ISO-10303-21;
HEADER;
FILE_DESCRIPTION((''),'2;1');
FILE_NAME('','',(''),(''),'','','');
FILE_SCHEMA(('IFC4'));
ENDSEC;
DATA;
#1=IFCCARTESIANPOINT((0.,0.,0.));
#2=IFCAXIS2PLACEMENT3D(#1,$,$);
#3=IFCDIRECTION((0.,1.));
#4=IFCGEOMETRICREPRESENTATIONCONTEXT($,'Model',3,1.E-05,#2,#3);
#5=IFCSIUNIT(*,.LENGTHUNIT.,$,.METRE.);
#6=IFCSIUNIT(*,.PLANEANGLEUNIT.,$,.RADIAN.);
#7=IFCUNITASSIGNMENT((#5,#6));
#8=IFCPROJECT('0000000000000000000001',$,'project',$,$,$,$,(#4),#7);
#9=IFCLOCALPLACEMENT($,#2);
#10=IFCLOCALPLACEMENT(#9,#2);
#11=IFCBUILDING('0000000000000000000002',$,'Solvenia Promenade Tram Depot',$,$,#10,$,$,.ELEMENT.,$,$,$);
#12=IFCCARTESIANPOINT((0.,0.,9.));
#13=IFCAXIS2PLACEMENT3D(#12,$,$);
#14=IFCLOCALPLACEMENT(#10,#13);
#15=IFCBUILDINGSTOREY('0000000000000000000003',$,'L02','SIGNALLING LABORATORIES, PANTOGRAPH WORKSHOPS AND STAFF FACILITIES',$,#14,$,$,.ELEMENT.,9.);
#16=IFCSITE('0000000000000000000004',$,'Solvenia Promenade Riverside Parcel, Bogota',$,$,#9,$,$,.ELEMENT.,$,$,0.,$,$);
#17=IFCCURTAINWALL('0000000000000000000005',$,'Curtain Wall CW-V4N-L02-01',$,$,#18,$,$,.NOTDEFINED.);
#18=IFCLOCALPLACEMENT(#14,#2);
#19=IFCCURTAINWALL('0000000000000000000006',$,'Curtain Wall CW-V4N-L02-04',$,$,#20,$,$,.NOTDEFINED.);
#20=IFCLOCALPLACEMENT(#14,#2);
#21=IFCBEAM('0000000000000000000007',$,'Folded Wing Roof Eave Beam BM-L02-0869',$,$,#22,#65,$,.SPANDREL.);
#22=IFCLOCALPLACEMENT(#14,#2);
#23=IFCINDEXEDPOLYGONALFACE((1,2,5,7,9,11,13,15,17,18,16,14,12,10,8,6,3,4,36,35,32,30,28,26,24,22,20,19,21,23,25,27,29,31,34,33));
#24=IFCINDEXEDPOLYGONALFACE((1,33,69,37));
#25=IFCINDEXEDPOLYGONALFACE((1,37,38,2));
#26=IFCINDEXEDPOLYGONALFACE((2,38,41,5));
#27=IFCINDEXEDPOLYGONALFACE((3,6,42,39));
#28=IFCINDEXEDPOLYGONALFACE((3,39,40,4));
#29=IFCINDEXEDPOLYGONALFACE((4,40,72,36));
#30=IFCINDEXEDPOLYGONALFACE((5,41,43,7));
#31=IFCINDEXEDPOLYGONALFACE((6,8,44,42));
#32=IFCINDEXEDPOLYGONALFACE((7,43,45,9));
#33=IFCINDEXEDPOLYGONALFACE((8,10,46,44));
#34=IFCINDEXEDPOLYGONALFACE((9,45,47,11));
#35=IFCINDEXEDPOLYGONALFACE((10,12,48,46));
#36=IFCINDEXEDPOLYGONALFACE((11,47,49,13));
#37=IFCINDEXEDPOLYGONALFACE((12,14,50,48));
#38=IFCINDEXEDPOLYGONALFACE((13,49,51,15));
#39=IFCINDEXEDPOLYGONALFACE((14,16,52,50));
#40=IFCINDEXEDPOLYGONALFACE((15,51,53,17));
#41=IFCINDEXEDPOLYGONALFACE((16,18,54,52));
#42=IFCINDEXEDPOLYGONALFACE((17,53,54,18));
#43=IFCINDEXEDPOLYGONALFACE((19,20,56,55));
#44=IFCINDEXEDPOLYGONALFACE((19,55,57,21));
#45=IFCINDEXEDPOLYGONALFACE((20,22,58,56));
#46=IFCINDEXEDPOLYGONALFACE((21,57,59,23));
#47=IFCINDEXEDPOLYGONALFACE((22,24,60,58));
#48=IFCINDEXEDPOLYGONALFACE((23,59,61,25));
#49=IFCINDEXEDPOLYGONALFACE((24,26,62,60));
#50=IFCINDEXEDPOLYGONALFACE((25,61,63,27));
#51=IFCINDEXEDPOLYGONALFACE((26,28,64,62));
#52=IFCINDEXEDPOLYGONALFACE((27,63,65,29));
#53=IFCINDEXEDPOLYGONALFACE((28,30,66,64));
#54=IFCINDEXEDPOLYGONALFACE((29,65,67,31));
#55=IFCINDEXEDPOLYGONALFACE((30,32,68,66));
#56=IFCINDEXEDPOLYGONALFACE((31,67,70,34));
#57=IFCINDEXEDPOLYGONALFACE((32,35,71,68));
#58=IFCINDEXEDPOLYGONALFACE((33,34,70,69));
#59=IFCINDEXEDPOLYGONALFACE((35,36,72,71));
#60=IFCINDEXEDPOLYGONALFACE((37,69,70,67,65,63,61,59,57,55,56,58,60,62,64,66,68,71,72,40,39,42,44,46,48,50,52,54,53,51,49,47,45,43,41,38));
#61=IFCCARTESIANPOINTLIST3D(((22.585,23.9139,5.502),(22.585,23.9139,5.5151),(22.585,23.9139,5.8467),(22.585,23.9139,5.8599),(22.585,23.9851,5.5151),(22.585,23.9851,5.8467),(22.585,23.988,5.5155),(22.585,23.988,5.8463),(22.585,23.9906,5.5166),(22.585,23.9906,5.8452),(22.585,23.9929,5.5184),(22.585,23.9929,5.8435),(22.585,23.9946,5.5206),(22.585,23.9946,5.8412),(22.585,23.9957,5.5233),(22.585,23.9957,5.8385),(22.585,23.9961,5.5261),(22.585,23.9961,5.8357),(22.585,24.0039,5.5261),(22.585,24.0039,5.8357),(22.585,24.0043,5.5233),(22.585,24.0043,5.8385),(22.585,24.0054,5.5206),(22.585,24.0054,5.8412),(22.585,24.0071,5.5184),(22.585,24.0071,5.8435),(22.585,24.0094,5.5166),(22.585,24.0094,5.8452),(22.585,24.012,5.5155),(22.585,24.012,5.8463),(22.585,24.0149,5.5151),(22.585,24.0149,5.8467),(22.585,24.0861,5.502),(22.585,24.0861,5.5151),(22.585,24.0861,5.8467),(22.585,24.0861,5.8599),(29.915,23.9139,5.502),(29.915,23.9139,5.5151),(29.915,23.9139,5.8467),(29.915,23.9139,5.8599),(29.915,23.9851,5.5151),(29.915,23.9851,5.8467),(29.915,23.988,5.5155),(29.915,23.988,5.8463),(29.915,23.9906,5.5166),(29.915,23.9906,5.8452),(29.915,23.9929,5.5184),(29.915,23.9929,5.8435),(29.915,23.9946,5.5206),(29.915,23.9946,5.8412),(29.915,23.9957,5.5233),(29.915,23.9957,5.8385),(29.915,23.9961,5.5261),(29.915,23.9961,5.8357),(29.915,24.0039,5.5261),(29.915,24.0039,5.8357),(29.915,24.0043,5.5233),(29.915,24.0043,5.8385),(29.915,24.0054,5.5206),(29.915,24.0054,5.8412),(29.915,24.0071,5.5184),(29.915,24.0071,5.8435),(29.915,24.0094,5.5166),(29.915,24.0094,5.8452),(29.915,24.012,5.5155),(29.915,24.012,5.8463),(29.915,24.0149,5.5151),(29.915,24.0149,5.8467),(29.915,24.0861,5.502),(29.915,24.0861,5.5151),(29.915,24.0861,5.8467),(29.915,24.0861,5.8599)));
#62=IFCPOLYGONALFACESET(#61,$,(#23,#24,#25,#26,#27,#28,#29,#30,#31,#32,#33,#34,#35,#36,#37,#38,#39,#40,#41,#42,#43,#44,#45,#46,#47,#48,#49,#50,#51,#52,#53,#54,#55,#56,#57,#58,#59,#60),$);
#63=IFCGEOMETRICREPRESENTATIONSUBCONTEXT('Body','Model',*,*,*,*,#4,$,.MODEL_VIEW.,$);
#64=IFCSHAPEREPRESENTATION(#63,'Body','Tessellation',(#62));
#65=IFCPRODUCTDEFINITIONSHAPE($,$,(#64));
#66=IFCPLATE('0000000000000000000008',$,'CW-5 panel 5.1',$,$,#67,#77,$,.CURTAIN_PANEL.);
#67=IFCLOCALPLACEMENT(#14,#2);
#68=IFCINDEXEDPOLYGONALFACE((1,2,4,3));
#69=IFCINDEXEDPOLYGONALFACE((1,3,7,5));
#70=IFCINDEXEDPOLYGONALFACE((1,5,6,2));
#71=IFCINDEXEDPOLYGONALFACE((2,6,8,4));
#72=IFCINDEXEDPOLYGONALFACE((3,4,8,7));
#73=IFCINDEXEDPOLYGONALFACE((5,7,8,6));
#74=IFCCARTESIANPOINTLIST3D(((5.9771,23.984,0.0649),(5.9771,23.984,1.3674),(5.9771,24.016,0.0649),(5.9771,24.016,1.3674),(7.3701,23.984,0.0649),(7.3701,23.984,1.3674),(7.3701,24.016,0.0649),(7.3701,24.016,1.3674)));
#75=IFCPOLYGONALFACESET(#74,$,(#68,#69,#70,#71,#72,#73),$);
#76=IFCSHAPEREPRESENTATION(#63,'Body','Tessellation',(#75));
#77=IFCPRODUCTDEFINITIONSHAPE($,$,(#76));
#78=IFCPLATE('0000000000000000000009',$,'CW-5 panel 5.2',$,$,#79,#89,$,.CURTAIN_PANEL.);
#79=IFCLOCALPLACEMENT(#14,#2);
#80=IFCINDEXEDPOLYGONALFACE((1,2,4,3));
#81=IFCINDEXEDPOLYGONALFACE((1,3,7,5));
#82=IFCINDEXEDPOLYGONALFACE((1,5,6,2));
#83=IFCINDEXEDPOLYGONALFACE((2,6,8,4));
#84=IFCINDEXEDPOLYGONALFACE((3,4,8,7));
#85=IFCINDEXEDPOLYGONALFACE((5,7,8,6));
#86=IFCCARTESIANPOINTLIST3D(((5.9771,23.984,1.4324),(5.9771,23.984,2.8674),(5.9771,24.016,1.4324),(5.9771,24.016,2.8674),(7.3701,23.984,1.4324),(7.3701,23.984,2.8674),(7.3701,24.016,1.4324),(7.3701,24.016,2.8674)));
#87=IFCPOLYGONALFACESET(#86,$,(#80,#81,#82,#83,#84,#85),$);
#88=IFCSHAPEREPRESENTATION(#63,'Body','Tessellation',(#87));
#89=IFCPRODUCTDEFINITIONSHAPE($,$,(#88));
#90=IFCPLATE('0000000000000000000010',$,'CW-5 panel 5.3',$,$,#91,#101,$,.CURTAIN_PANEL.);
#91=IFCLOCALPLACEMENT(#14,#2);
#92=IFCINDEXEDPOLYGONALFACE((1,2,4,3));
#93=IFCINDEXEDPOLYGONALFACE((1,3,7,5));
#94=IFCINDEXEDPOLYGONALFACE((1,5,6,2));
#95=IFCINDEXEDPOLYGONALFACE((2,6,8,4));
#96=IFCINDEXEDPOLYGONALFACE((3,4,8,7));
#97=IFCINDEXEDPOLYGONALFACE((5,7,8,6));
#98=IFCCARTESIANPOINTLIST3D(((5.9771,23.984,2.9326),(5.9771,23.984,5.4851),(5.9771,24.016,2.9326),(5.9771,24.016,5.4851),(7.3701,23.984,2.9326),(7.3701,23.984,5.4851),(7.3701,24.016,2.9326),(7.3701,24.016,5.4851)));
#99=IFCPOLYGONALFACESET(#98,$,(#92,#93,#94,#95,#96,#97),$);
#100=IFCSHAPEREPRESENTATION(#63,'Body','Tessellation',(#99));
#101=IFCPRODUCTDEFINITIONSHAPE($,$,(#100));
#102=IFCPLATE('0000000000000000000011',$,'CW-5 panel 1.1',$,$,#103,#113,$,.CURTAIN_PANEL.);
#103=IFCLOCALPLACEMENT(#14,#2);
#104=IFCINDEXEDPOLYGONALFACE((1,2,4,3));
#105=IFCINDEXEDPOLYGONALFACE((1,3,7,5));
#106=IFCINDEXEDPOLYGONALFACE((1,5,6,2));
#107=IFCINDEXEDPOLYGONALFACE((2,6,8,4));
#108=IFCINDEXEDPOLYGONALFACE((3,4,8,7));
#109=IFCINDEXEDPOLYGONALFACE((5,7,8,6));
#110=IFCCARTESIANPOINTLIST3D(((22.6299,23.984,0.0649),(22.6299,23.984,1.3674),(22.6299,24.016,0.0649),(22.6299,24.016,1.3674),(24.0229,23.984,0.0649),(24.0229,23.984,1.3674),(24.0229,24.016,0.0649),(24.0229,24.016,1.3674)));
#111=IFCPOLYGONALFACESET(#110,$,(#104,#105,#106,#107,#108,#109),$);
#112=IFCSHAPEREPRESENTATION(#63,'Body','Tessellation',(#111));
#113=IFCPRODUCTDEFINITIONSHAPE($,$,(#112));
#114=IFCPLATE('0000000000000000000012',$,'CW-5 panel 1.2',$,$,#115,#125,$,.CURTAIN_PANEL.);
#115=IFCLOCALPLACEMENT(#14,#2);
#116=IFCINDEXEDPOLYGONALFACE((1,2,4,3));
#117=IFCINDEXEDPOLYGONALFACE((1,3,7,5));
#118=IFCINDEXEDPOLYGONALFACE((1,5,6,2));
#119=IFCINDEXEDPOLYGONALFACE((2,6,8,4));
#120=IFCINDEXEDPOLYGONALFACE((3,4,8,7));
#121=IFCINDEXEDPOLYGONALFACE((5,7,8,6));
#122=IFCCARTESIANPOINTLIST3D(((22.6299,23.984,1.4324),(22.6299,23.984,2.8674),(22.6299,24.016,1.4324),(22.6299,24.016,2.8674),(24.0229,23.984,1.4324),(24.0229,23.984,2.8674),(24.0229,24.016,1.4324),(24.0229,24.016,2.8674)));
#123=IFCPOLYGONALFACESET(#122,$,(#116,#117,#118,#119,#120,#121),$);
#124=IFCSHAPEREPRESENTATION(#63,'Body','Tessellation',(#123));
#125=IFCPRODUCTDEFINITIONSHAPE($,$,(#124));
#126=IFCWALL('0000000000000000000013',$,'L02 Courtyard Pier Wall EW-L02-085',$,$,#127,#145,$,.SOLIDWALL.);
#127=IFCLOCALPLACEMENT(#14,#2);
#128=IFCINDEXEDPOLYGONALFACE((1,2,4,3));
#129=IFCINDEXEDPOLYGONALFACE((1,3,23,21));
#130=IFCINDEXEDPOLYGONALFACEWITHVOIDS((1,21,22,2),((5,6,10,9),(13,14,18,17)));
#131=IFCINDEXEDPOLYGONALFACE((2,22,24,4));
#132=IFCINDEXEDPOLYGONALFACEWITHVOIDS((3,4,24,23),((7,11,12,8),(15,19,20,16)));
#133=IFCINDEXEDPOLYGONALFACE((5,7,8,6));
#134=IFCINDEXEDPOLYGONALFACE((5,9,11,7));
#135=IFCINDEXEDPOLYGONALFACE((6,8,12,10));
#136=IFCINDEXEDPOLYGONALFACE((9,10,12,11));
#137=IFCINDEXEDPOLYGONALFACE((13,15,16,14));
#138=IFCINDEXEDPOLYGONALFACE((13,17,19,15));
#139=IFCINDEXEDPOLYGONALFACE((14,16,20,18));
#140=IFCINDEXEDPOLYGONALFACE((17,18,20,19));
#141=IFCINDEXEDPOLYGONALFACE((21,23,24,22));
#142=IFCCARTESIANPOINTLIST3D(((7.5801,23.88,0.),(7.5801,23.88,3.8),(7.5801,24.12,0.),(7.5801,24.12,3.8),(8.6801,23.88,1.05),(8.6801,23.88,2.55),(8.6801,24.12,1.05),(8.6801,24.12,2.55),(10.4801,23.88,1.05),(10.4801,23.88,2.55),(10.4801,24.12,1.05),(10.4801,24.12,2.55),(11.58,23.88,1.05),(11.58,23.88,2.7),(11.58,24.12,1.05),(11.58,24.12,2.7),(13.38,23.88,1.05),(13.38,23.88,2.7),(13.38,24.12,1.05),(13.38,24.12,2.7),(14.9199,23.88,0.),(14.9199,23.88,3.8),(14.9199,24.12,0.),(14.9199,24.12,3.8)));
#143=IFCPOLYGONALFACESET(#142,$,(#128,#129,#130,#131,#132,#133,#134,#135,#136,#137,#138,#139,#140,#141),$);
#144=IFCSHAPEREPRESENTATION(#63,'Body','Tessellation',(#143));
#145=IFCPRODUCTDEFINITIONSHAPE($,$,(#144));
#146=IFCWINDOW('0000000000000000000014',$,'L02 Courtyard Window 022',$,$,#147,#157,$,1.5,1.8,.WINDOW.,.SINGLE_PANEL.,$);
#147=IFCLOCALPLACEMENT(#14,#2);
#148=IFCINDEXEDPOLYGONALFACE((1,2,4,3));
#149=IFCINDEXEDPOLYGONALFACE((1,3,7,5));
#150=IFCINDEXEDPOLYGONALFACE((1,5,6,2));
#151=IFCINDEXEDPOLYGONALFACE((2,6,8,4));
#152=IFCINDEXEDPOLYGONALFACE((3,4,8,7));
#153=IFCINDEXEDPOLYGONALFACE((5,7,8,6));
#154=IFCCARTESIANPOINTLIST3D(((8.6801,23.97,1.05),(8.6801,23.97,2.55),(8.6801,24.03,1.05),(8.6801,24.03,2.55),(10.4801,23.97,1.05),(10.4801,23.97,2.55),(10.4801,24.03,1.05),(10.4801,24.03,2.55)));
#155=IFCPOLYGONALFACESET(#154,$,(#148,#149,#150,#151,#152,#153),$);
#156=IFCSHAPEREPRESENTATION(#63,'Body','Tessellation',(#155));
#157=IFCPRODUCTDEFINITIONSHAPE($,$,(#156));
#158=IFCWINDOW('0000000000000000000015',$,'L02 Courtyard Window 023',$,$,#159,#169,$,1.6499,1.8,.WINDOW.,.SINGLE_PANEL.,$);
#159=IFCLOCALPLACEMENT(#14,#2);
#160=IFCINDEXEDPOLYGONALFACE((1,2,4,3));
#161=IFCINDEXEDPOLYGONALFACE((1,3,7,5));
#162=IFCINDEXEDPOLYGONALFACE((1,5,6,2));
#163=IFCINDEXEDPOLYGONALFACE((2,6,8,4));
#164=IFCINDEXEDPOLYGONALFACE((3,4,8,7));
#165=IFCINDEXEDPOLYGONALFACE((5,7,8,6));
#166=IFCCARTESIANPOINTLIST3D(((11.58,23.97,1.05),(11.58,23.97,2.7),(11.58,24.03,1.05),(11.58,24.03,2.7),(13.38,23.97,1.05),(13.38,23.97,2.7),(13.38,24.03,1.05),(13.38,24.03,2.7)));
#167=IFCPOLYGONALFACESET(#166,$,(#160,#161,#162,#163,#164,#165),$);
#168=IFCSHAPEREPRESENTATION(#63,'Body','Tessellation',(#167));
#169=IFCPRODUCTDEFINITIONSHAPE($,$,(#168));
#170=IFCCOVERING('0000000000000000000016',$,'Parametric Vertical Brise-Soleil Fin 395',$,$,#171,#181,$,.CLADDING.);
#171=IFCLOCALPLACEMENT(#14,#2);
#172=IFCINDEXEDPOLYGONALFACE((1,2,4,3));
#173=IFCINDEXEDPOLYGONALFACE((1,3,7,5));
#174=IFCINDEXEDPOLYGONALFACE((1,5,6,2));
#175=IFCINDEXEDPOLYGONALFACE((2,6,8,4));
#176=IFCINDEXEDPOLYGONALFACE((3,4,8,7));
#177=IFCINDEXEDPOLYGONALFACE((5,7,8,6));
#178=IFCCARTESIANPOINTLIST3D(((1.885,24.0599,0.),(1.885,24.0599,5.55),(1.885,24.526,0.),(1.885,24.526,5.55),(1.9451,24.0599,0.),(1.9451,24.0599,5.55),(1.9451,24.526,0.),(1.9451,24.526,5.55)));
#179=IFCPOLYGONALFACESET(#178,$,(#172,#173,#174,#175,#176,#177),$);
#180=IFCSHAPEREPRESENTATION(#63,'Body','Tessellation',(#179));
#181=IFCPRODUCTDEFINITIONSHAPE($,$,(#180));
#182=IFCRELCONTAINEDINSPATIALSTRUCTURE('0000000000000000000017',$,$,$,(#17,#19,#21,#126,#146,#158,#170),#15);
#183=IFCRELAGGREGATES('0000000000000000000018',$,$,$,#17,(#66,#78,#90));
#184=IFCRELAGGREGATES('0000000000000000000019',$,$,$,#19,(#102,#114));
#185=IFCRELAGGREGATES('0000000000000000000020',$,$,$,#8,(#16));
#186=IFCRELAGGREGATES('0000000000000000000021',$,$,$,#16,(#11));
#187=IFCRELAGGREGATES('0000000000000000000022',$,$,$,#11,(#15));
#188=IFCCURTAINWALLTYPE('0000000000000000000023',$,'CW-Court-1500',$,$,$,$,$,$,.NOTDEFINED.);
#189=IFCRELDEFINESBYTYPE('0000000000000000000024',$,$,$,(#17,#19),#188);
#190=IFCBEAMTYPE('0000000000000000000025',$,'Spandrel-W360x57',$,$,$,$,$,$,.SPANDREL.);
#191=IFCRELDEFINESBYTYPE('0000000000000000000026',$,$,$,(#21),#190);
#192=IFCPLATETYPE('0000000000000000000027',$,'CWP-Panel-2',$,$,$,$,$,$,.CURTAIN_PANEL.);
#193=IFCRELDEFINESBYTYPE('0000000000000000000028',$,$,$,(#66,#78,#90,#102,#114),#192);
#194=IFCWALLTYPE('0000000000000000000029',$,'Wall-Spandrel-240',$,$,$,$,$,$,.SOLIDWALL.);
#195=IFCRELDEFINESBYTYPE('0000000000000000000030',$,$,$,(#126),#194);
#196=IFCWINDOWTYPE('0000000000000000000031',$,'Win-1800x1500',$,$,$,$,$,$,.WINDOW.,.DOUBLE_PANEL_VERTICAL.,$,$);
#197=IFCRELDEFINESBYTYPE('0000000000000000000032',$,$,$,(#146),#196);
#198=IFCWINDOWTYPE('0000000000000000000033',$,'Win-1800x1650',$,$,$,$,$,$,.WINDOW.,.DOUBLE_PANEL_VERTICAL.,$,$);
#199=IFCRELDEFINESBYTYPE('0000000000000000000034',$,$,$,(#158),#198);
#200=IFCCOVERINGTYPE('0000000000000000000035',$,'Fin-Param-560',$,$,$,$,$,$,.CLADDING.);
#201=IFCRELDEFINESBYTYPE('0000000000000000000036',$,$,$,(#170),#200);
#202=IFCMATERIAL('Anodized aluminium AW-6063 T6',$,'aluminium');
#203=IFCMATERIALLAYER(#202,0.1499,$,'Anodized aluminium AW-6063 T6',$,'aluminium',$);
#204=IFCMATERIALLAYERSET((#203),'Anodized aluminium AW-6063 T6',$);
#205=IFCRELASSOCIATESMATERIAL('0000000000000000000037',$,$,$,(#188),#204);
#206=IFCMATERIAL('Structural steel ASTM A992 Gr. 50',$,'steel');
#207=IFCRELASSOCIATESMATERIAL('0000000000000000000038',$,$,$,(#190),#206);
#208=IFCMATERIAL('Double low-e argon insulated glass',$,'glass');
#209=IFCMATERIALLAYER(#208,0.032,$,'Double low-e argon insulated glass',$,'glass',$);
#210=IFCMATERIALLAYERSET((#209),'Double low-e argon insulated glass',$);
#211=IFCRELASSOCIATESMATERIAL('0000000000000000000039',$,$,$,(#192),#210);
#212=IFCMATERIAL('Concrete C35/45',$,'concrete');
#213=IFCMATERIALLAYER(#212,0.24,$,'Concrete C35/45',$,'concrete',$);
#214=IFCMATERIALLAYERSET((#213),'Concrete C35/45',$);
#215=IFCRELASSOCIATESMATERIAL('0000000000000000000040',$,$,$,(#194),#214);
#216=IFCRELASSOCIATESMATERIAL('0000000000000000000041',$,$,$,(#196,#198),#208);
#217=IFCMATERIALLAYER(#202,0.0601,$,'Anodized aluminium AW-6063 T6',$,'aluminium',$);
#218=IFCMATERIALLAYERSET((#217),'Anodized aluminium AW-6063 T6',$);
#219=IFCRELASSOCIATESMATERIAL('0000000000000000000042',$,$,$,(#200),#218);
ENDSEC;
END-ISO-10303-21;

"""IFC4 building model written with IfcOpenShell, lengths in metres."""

from ifc_helpers import new_model, si_unit, direction, frame, frame_2d, origin, origin_2d, place, context, subcontext, project, spatial, rectangle, i_section, extrude, material, layer, layer_set, material_profile, profile_set, type_object, element, fill, aggregate, save


model = new_model("IFC4")

# Units and contexts
model_context = context("Model", 3, precision=1e-05, world=origin(), true_north=direction((0.0, 1.0)))
body_context = subcontext(model_context, "Body", "Model", "MODEL_VIEW")
ifc_project = project(units=[si_unit("LENGTHUNIT", "METRE"), si_unit("PLANEANGLEUNIT", "RADIAN")], contexts=[model_context])

# Site, building, storey
site_placement = place(None, origin())
site = spatial("IfcSite", under=ifc_project, at=site_placement, Name="Solvenia Promenade Riverside Parcel, Bogota", CompositionType="ELEMENT", RefElevation=0.0)
building_placement = place(site_placement, origin())
building = spatial("IfcBuilding", under=site, at=building_placement, Name="Solvenia Promenade Tram Depot", CompositionType="ELEMENT")
storey_placement = place(building_placement, frame((0.0, 0.0, 9.0)))
storey = spatial("IfcBuildingStorey", under=building, at=storey_placement, Name="L02", Description="SIGNALLING LABORATORIES, PANTOGRAPH WORKSHOPS AND STAFF FACILITIES", CompositionType="ELEMENT", Elevation=9.0)

# Shared definitions
ifc_material_1 = material(Name="Structural steel ASTM A992 Gr. 50", Category="steel")

# Curtain walls
ifc_material_2 = material(Name="Anodized aluminium AW-6063 T6", Category="aluminium")
ifc_layer_1 = layer(ifc_material_2, 0.1499, Name="Anodized aluminium AW-6063 T6", Category="aluminium")
ifc_layer_set_1 = layer_set([ifc_layer_1], Name="Anodized aluminium AW-6063 T6")
curtain_wall_type = type_object("IfcCurtainWallType", Name="CW-Court-1500", PredefinedType="NOTDEFINED", material=ifc_layer_set_1)
curtain_wall_1_placement = place(storey_placement, origin())
curtain_wall_1 = element("IfcCurtainWall", 1, at=curtain_wall_1_placement, inside=storey, type_object=curtain_wall_type, Name="Curtain Wall CW-V4N-L02-01", PredefinedType="NOTDEFINED")
curtain_wall_2_placement = place(storey_placement, origin())
curtain_wall_2 = element("IfcCurtainWall", 2, at=curtain_wall_2_placement, inside=storey, type_object=curtain_wall_type, Name="Curtain Wall CW-V4N-L02-04", PredefinedType="NOTDEFINED")

# Beam
ifc_material_profile_1 = material_profile(ifc_material_1, i_section(OverallWidth=0.1721, OverallDepth=0.3579, WebThickness=0.0078, FlangeThickness=0.0132, FilletRadius=0.011, at=origin_2d()), Name="W360x57", Category="steel")
ifc_profile_set_1 = profile_set([ifc_material_profile_1], Name="Structural steel ASTM A992 Gr. 50")
beam_type_1 = type_object("IfcBeamType", Name="Spandrel-W360x57", PredefinedType="SPANDREL", material=ifc_profile_set_1)
for number, where, z_axis, x_axis, name in (
    (3, (22.585, 24.0, 5.6809), (1.0, 0.0, 0.0), (0.0, 1.0, 0.0), "Folded Wing Roof Eave Beam BM-L02-0869"),
):
    element("IfcBeam", number, at=place(storey_placement, frame(where, z_axis=z_axis, x_axis=x_axis)), inside=storey, type_object=beam_type_1, Name=name, PredefinedType="SPANDREL", context=body_context, shape_type="SweptSolid", body=[
        extrude(i_section(OverallWidth=0.1721, OverallDepth=0.3579, WebThickness=0.0078, FlangeThickness=0.0132, FilletRadius=0.011, at=origin_2d()), origin(), (0.0, 0.0, 1.0), 7.3301),
    ])

# Plates
ifc_material_3 = material(Name="Double low-e argon insulated glass", Category="glass")
ifc_layer_2 = layer(ifc_material_3, 0.032, Name="Double low-e argon insulated glass", Category="glass")
ifc_layer_set_2 = layer_set([ifc_layer_2], Name="Double low-e argon insulated glass")
plate_type = type_object("IfcPlateType", Name="CWP-Panel-2", PredefinedType="CURTAIN_PANEL", material=ifc_layer_set_2)
plate_1_placement = place(storey_placement, frame((6.6736, 24.0, 0.0649), z_axis=(0.0, 0.0, 1.0), x_axis=(1.0, 0.0, 0.0)))
plate_1 = element("IfcPlate", 4, at=plate_1_placement, type_object=plate_type, Name="CW-5 panel 5.1", PredefinedType="CURTAIN_PANEL", context=body_context, shape_type="SweptSolid", body=[
    extrude(rectangle(XDim=1.3931, YDim=0.032, at=origin_2d()), origin(), (0.0, 0.0, 1.0), 1.3025),
])
plate_2_placement = place(storey_placement, frame((6.6736, 24.0, 1.4324), z_axis=(0.0, 0.0, 1.0), x_axis=(1.0, 0.0, 0.0)))
plate_2 = element("IfcPlate", 5, at=plate_2_placement, type_object=plate_type, Name="CW-5 panel 5.2", PredefinedType="CURTAIN_PANEL", context=body_context, shape_type="SweptSolid", body=[
    extrude(rectangle(XDim=1.3931, YDim=0.032, at=origin_2d()), origin(), (0.0, 0.0, 1.0), 1.4351),
])
plate_3_placement = place(storey_placement, frame((6.6736, 24.0, 2.9326), z_axis=(0.0, 0.0, 1.0), x_axis=(1.0, 0.0, 0.0)))
plate_3 = element("IfcPlate", 6, at=plate_3_placement, type_object=plate_type, Name="CW-5 panel 5.3", PredefinedType="CURTAIN_PANEL", context=body_context, shape_type="SweptSolid", body=[
    extrude(rectangle(XDim=1.3931, YDim=0.032, at=origin_2d()), origin(), (0.0, 0.0, 1.0), 2.5525),
])
aggregate(curtain_wall_1, [plate_1, plate_2, plate_3])
plate_4_placement = place(storey_placement, frame((23.3264, 24.0, 0.0649), z_axis=(0.0, 0.0, 1.0), x_axis=(1.0, 0.0, 0.0)))
plate_4 = element("IfcPlate", 7, at=plate_4_placement, type_object=plate_type, Name="CW-5 panel 1.1", PredefinedType="CURTAIN_PANEL", context=body_context, shape_type="SweptSolid", body=[
    extrude(rectangle(XDim=1.3931, YDim=0.032, at=origin_2d()), origin(), (0.0, 0.0, 1.0), 1.3025),
])
plate_5_placement = place(storey_placement, frame((23.3264, 24.0, 1.4324), z_axis=(0.0, 0.0, 1.0), x_axis=(1.0, 0.0, 0.0)))
plate_5 = element("IfcPlate", 8, at=plate_5_placement, type_object=plate_type, Name="CW-5 panel 1.2", PredefinedType="CURTAIN_PANEL", context=body_context, shape_type="SweptSolid", body=[
    extrude(rectangle(XDim=1.3931, YDim=0.032, at=origin_2d()), origin(), (0.0, 0.0, 1.0), 1.4351),
])
aggregate(curtain_wall_2, [plate_4, plate_5])

# Wall, openings, windows
ifc_material_4 = material(Name="Concrete C35/45", Category="concrete")
ifc_layer_3 = layer(ifc_material_4, 0.24, Name="Concrete C35/45", Category="concrete")
ifc_layer_set_3 = layer_set([ifc_layer_3], Name="Concrete C35/45")
wall_type = type_object("IfcWallType", Name="Wall-Spandrel-240", PredefinedType="SOLIDWALL", material=ifc_layer_set_3)
wall_1_placement = place(storey_placement, frame((7.5801, 24.0, 0.0), z_axis=(0.0, 0.0, 1.0), x_axis=(1.0, 0.0, 0.0)))
wall_1 = element("IfcWall", 9, at=wall_1_placement, inside=storey, type_object=wall_type, Name="L02 Courtyard Pier Wall EW-L02-085", PredefinedType="SOLIDWALL", context=body_context, shape_type="SweptSolid", body=[
    extrude(rectangle(XDim=7.3398, YDim=0.24, at=frame_2d((3.6699, 0.0))), origin(), (0.0, 0.0, 1.0), 3.8),
])
opening_1_placement = place(wall_1_placement, frame((1.1001, 0.0, 1.05)))
opening_1 = element("IfcOpeningElement", 10, at=opening_1_placement, cuts=wall_1, PredefinedType="OPENING", context=body_context, shape_type="SweptSolid", body=[
    extrude(rectangle(XDim=1.8, YDim=1.5, at=frame_2d((0.8999, 0.75))), frame((0.0, 0.1299, 0.0), z_axis=(0.0, -1.0, 0.0), x_axis=(1.0, 0.0, 0.0)), (0.0, 0.0, 1.0), 0.26),
])
opening_2_placement = place(wall_1_placement, frame((4.0, 0.0, 1.05)))
opening_2 = element("IfcOpeningElement", 11, at=opening_2_placement, cuts=wall_1, PredefinedType="OPENING", context=body_context, shape_type="SweptSolid", body=[
    extrude(rectangle(XDim=1.8, YDim=1.6499, at=frame_2d((0.8999, 0.825))), frame((0.0, 0.1299, 0.0), z_axis=(0.0, -1.0, 0.0), x_axis=(1.0, 0.0, 0.0)), (0.0, 0.0, 1.0), 0.26),
])
window_type_1 = type_object("IfcWindowType", Name="Win-1800x1500", PartitioningType="DOUBLE_PANEL_VERTICAL", PredefinedType="WINDOW", material=ifc_material_3)
window_1_placement = place(opening_1_placement, origin())
window_1 = element("IfcWindow", 12, at=window_1_placement, inside=storey, type_object=window_type_1, Name="L02 Courtyard Window 022", OverallHeight=1.5, OverallWidth=1.8, PartitioningType="SINGLE_PANEL", PredefinedType="WINDOW", context=body_context, shape_type="SweptSolid", body=[
    extrude(rectangle(XDim=1.8, YDim=1.5, at=frame_2d((0.8999, 0.75))), frame((0.0, 0.03, 0.0), z_axis=(0.0, -1.0, 0.0), x_axis=(1.0, 0.0, 0.0)), (0.0, 0.0, 1.0), 0.0601),
])
fill(opening_1, window_1)
window_type_2 = type_object("IfcWindowType", Name="Win-1800x1650", PartitioningType="DOUBLE_PANEL_VERTICAL", PredefinedType="WINDOW", material=ifc_material_3)
window_2_placement = place(opening_2_placement, origin())
window_2 = element("IfcWindow", 13, at=window_2_placement, inside=storey, type_object=window_type_2, Name="L02 Courtyard Window 023", OverallHeight=1.6499, OverallWidth=1.8, PartitioningType="SINGLE_PANEL", PredefinedType="WINDOW", context=body_context, shape_type="SweptSolid", body=[
    extrude(rectangle(XDim=1.8, YDim=1.6499, at=frame_2d((0.8999, 0.825))), frame((0.0, 0.03, 0.0), z_axis=(0.0, -1.0, 0.0), x_axis=(1.0, 0.0, 0.0)), (0.0, 0.0, 1.0), 0.0601),
])
fill(opening_2, window_2)

# Covering
ifc_layer_4 = layer(ifc_material_2, 0.0601, Name="Anodized aluminium AW-6063 T6", Category="aluminium")
ifc_layer_set_4 = layer_set([ifc_layer_4], Name="Anodized aluminium AW-6063 T6")
covering_type = type_object("IfcCoveringType", Name="Fin-Param-560", PredefinedType="CLADDING", material=ifc_layer_set_4)
covering_placement = place(storey_placement, frame((1.915, 24.293, 0.0), z_axis=(0.0, 0.0, 1.0), x_axis=(1.0, 0.0, 0.0)))
element("IfcCovering", 14, at=covering_placement, inside=storey, type_object=covering_type, Name="Parametric Vertical Brise-Soleil Fin 395", PredefinedType="CLADDING", context=body_context, shape_type="SweptSolid", body=[
    extrude(rectangle(XDim=0.0601, YDim=0.4661, at=origin_2d()), origin(), (0.0, 0.0, 1.0), 5.55),
])

save(model, "model.ifc")
